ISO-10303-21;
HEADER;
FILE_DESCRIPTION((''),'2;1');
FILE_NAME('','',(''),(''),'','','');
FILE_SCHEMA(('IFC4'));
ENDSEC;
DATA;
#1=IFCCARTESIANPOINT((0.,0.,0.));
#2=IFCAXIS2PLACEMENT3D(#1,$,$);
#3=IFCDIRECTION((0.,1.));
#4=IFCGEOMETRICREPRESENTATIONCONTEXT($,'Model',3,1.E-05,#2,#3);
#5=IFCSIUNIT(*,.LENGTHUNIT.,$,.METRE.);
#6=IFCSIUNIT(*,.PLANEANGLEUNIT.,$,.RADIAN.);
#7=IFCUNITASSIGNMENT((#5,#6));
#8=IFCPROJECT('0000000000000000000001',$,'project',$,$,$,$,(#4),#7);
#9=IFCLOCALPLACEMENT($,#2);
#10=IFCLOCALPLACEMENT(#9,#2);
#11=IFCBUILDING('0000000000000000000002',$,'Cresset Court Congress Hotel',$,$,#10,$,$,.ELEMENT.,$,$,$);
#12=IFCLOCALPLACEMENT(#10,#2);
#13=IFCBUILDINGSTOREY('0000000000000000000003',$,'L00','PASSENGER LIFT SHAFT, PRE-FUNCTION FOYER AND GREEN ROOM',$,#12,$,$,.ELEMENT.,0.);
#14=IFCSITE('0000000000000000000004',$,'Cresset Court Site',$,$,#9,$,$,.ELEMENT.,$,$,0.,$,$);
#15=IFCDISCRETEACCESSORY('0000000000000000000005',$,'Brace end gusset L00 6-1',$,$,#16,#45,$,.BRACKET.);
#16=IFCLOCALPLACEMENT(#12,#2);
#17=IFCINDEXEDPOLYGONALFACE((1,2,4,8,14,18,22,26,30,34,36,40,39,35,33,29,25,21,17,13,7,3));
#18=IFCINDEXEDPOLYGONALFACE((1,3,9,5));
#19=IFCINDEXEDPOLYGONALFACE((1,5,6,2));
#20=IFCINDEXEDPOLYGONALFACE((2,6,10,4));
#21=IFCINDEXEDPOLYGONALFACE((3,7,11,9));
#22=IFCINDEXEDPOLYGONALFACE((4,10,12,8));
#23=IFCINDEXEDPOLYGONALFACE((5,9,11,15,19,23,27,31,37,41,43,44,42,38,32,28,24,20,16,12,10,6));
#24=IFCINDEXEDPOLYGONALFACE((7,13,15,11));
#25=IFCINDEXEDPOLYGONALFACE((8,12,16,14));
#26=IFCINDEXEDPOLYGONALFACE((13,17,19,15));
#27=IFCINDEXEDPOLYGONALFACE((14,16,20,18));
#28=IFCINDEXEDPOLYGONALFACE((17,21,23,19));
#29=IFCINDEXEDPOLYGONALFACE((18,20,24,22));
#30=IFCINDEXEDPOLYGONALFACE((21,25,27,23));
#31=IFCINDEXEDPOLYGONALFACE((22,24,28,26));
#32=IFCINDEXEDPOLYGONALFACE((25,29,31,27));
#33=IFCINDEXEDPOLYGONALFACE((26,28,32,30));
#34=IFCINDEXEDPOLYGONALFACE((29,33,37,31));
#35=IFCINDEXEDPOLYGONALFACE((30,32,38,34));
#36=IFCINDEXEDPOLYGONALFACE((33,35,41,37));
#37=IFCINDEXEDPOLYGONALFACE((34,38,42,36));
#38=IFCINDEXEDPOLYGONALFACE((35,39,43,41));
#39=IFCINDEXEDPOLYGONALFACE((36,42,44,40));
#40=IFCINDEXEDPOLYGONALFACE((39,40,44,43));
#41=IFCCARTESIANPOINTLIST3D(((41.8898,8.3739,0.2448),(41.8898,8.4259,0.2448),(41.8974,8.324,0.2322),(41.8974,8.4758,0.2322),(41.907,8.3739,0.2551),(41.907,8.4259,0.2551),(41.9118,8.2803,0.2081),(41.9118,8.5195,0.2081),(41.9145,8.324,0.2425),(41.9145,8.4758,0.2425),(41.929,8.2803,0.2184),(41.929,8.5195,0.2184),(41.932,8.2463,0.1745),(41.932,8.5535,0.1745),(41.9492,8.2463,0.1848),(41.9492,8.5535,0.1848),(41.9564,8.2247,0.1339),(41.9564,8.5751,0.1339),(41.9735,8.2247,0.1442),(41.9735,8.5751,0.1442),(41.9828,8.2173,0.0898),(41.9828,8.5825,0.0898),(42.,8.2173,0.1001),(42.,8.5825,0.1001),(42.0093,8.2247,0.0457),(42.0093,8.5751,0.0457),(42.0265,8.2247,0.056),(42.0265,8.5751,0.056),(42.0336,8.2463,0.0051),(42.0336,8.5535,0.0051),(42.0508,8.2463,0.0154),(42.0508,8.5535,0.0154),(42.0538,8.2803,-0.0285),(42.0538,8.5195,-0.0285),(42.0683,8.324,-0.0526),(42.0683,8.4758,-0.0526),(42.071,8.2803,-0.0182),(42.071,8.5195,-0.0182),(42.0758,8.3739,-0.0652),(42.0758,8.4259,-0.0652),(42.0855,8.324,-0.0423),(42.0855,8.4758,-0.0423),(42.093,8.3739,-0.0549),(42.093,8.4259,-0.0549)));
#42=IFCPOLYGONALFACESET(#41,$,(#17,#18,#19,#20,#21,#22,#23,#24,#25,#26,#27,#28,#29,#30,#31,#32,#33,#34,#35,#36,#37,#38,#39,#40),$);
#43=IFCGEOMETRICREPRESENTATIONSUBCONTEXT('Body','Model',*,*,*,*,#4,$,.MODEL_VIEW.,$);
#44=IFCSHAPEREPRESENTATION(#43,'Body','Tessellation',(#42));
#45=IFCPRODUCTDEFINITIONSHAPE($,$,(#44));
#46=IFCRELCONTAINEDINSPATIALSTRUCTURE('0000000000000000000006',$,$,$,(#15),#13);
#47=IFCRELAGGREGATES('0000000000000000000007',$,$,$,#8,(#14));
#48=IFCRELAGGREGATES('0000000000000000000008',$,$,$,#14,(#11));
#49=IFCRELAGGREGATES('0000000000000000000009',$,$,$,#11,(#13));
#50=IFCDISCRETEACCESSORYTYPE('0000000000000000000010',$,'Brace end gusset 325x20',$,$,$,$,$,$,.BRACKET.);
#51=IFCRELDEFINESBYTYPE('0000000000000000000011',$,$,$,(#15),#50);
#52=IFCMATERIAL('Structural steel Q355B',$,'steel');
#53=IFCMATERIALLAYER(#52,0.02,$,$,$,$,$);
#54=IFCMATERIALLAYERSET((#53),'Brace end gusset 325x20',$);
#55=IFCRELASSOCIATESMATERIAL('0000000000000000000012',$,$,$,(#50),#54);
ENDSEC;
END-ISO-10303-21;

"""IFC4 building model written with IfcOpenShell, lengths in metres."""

from ifc_helpers import new_model, si_unit, direction, frame, origin, origin_2d, place, context, subcontext, project, spatial, circle, extrude, material, layer, layer_set, type_object, element, save


model = new_model("IFC4")

# Units and contexts
model_context = context("Model", 3, precision=1e-05, world=origin(), true_north=direction((0.0, 1.0)))
body_context = subcontext(model_context, "Body", "Model", "MODEL_VIEW")
ifc_project = project(units=[si_unit("LENGTHUNIT", "METRE"), si_unit("PLANEANGLEUNIT", "RADIAN")], contexts=[model_context])

# Site, building, storey
site_placement = place(None, origin())
site = spatial("IfcSite", under=ifc_project, at=site_placement, Name="Cresset Court Site", CompositionType="ELEMENT", RefElevation=0.0)
building_placement = place(site_placement, origin())
building = spatial("IfcBuilding", under=site, at=building_placement, Name="Cresset Court Congress Hotel", CompositionType="ELEMENT")
storey_placement = place(building_placement, origin())
storey = spatial("IfcBuildingStorey", under=building, at=storey_placement, Name="L00", Description="PASSENGER LIFT SHAFT, PRE-FUNCTION FOYER AND GREEN ROOM", CompositionType="ELEMENT", Elevation=0.0)

# Discrete accessory
ifc_material_1 = material(Name="Structural steel Q355B", Category="steel")
ifc_layer_1 = layer(ifc_material_1, 0.02)
ifc_layer_set_1 = layer_set([ifc_layer_1], Name="Brace end gusset 325x20")
discrete_accessory_type = type_object("IfcDiscreteAccessoryType", Name="Brace end gusset 325x20", PredefinedType="BRACKET", material=ifc_layer_set_1)
discrete_accessory_placement = place(storey_placement, frame((42.0, 8.3999, 0.1001), z_axis=(-0.857493, 0.0, -0.514496), x_axis=(0.0, -1.0, 0.0)))
element("IfcDiscreteAccessory", 1, at=discrete_accessory_placement, inside=storey, type_object=discrete_accessory_type, Name="Brace end gusset L00 6-1", PredefinedType="BRACKET", context=body_context, shape_type="SweptSolid", body=[
    extrude(circle(Radius=0.1826, at=origin_2d()), origin(), (0.0, 0.0, 1.0), 0.02),
])

save(model, "model.ifc")
